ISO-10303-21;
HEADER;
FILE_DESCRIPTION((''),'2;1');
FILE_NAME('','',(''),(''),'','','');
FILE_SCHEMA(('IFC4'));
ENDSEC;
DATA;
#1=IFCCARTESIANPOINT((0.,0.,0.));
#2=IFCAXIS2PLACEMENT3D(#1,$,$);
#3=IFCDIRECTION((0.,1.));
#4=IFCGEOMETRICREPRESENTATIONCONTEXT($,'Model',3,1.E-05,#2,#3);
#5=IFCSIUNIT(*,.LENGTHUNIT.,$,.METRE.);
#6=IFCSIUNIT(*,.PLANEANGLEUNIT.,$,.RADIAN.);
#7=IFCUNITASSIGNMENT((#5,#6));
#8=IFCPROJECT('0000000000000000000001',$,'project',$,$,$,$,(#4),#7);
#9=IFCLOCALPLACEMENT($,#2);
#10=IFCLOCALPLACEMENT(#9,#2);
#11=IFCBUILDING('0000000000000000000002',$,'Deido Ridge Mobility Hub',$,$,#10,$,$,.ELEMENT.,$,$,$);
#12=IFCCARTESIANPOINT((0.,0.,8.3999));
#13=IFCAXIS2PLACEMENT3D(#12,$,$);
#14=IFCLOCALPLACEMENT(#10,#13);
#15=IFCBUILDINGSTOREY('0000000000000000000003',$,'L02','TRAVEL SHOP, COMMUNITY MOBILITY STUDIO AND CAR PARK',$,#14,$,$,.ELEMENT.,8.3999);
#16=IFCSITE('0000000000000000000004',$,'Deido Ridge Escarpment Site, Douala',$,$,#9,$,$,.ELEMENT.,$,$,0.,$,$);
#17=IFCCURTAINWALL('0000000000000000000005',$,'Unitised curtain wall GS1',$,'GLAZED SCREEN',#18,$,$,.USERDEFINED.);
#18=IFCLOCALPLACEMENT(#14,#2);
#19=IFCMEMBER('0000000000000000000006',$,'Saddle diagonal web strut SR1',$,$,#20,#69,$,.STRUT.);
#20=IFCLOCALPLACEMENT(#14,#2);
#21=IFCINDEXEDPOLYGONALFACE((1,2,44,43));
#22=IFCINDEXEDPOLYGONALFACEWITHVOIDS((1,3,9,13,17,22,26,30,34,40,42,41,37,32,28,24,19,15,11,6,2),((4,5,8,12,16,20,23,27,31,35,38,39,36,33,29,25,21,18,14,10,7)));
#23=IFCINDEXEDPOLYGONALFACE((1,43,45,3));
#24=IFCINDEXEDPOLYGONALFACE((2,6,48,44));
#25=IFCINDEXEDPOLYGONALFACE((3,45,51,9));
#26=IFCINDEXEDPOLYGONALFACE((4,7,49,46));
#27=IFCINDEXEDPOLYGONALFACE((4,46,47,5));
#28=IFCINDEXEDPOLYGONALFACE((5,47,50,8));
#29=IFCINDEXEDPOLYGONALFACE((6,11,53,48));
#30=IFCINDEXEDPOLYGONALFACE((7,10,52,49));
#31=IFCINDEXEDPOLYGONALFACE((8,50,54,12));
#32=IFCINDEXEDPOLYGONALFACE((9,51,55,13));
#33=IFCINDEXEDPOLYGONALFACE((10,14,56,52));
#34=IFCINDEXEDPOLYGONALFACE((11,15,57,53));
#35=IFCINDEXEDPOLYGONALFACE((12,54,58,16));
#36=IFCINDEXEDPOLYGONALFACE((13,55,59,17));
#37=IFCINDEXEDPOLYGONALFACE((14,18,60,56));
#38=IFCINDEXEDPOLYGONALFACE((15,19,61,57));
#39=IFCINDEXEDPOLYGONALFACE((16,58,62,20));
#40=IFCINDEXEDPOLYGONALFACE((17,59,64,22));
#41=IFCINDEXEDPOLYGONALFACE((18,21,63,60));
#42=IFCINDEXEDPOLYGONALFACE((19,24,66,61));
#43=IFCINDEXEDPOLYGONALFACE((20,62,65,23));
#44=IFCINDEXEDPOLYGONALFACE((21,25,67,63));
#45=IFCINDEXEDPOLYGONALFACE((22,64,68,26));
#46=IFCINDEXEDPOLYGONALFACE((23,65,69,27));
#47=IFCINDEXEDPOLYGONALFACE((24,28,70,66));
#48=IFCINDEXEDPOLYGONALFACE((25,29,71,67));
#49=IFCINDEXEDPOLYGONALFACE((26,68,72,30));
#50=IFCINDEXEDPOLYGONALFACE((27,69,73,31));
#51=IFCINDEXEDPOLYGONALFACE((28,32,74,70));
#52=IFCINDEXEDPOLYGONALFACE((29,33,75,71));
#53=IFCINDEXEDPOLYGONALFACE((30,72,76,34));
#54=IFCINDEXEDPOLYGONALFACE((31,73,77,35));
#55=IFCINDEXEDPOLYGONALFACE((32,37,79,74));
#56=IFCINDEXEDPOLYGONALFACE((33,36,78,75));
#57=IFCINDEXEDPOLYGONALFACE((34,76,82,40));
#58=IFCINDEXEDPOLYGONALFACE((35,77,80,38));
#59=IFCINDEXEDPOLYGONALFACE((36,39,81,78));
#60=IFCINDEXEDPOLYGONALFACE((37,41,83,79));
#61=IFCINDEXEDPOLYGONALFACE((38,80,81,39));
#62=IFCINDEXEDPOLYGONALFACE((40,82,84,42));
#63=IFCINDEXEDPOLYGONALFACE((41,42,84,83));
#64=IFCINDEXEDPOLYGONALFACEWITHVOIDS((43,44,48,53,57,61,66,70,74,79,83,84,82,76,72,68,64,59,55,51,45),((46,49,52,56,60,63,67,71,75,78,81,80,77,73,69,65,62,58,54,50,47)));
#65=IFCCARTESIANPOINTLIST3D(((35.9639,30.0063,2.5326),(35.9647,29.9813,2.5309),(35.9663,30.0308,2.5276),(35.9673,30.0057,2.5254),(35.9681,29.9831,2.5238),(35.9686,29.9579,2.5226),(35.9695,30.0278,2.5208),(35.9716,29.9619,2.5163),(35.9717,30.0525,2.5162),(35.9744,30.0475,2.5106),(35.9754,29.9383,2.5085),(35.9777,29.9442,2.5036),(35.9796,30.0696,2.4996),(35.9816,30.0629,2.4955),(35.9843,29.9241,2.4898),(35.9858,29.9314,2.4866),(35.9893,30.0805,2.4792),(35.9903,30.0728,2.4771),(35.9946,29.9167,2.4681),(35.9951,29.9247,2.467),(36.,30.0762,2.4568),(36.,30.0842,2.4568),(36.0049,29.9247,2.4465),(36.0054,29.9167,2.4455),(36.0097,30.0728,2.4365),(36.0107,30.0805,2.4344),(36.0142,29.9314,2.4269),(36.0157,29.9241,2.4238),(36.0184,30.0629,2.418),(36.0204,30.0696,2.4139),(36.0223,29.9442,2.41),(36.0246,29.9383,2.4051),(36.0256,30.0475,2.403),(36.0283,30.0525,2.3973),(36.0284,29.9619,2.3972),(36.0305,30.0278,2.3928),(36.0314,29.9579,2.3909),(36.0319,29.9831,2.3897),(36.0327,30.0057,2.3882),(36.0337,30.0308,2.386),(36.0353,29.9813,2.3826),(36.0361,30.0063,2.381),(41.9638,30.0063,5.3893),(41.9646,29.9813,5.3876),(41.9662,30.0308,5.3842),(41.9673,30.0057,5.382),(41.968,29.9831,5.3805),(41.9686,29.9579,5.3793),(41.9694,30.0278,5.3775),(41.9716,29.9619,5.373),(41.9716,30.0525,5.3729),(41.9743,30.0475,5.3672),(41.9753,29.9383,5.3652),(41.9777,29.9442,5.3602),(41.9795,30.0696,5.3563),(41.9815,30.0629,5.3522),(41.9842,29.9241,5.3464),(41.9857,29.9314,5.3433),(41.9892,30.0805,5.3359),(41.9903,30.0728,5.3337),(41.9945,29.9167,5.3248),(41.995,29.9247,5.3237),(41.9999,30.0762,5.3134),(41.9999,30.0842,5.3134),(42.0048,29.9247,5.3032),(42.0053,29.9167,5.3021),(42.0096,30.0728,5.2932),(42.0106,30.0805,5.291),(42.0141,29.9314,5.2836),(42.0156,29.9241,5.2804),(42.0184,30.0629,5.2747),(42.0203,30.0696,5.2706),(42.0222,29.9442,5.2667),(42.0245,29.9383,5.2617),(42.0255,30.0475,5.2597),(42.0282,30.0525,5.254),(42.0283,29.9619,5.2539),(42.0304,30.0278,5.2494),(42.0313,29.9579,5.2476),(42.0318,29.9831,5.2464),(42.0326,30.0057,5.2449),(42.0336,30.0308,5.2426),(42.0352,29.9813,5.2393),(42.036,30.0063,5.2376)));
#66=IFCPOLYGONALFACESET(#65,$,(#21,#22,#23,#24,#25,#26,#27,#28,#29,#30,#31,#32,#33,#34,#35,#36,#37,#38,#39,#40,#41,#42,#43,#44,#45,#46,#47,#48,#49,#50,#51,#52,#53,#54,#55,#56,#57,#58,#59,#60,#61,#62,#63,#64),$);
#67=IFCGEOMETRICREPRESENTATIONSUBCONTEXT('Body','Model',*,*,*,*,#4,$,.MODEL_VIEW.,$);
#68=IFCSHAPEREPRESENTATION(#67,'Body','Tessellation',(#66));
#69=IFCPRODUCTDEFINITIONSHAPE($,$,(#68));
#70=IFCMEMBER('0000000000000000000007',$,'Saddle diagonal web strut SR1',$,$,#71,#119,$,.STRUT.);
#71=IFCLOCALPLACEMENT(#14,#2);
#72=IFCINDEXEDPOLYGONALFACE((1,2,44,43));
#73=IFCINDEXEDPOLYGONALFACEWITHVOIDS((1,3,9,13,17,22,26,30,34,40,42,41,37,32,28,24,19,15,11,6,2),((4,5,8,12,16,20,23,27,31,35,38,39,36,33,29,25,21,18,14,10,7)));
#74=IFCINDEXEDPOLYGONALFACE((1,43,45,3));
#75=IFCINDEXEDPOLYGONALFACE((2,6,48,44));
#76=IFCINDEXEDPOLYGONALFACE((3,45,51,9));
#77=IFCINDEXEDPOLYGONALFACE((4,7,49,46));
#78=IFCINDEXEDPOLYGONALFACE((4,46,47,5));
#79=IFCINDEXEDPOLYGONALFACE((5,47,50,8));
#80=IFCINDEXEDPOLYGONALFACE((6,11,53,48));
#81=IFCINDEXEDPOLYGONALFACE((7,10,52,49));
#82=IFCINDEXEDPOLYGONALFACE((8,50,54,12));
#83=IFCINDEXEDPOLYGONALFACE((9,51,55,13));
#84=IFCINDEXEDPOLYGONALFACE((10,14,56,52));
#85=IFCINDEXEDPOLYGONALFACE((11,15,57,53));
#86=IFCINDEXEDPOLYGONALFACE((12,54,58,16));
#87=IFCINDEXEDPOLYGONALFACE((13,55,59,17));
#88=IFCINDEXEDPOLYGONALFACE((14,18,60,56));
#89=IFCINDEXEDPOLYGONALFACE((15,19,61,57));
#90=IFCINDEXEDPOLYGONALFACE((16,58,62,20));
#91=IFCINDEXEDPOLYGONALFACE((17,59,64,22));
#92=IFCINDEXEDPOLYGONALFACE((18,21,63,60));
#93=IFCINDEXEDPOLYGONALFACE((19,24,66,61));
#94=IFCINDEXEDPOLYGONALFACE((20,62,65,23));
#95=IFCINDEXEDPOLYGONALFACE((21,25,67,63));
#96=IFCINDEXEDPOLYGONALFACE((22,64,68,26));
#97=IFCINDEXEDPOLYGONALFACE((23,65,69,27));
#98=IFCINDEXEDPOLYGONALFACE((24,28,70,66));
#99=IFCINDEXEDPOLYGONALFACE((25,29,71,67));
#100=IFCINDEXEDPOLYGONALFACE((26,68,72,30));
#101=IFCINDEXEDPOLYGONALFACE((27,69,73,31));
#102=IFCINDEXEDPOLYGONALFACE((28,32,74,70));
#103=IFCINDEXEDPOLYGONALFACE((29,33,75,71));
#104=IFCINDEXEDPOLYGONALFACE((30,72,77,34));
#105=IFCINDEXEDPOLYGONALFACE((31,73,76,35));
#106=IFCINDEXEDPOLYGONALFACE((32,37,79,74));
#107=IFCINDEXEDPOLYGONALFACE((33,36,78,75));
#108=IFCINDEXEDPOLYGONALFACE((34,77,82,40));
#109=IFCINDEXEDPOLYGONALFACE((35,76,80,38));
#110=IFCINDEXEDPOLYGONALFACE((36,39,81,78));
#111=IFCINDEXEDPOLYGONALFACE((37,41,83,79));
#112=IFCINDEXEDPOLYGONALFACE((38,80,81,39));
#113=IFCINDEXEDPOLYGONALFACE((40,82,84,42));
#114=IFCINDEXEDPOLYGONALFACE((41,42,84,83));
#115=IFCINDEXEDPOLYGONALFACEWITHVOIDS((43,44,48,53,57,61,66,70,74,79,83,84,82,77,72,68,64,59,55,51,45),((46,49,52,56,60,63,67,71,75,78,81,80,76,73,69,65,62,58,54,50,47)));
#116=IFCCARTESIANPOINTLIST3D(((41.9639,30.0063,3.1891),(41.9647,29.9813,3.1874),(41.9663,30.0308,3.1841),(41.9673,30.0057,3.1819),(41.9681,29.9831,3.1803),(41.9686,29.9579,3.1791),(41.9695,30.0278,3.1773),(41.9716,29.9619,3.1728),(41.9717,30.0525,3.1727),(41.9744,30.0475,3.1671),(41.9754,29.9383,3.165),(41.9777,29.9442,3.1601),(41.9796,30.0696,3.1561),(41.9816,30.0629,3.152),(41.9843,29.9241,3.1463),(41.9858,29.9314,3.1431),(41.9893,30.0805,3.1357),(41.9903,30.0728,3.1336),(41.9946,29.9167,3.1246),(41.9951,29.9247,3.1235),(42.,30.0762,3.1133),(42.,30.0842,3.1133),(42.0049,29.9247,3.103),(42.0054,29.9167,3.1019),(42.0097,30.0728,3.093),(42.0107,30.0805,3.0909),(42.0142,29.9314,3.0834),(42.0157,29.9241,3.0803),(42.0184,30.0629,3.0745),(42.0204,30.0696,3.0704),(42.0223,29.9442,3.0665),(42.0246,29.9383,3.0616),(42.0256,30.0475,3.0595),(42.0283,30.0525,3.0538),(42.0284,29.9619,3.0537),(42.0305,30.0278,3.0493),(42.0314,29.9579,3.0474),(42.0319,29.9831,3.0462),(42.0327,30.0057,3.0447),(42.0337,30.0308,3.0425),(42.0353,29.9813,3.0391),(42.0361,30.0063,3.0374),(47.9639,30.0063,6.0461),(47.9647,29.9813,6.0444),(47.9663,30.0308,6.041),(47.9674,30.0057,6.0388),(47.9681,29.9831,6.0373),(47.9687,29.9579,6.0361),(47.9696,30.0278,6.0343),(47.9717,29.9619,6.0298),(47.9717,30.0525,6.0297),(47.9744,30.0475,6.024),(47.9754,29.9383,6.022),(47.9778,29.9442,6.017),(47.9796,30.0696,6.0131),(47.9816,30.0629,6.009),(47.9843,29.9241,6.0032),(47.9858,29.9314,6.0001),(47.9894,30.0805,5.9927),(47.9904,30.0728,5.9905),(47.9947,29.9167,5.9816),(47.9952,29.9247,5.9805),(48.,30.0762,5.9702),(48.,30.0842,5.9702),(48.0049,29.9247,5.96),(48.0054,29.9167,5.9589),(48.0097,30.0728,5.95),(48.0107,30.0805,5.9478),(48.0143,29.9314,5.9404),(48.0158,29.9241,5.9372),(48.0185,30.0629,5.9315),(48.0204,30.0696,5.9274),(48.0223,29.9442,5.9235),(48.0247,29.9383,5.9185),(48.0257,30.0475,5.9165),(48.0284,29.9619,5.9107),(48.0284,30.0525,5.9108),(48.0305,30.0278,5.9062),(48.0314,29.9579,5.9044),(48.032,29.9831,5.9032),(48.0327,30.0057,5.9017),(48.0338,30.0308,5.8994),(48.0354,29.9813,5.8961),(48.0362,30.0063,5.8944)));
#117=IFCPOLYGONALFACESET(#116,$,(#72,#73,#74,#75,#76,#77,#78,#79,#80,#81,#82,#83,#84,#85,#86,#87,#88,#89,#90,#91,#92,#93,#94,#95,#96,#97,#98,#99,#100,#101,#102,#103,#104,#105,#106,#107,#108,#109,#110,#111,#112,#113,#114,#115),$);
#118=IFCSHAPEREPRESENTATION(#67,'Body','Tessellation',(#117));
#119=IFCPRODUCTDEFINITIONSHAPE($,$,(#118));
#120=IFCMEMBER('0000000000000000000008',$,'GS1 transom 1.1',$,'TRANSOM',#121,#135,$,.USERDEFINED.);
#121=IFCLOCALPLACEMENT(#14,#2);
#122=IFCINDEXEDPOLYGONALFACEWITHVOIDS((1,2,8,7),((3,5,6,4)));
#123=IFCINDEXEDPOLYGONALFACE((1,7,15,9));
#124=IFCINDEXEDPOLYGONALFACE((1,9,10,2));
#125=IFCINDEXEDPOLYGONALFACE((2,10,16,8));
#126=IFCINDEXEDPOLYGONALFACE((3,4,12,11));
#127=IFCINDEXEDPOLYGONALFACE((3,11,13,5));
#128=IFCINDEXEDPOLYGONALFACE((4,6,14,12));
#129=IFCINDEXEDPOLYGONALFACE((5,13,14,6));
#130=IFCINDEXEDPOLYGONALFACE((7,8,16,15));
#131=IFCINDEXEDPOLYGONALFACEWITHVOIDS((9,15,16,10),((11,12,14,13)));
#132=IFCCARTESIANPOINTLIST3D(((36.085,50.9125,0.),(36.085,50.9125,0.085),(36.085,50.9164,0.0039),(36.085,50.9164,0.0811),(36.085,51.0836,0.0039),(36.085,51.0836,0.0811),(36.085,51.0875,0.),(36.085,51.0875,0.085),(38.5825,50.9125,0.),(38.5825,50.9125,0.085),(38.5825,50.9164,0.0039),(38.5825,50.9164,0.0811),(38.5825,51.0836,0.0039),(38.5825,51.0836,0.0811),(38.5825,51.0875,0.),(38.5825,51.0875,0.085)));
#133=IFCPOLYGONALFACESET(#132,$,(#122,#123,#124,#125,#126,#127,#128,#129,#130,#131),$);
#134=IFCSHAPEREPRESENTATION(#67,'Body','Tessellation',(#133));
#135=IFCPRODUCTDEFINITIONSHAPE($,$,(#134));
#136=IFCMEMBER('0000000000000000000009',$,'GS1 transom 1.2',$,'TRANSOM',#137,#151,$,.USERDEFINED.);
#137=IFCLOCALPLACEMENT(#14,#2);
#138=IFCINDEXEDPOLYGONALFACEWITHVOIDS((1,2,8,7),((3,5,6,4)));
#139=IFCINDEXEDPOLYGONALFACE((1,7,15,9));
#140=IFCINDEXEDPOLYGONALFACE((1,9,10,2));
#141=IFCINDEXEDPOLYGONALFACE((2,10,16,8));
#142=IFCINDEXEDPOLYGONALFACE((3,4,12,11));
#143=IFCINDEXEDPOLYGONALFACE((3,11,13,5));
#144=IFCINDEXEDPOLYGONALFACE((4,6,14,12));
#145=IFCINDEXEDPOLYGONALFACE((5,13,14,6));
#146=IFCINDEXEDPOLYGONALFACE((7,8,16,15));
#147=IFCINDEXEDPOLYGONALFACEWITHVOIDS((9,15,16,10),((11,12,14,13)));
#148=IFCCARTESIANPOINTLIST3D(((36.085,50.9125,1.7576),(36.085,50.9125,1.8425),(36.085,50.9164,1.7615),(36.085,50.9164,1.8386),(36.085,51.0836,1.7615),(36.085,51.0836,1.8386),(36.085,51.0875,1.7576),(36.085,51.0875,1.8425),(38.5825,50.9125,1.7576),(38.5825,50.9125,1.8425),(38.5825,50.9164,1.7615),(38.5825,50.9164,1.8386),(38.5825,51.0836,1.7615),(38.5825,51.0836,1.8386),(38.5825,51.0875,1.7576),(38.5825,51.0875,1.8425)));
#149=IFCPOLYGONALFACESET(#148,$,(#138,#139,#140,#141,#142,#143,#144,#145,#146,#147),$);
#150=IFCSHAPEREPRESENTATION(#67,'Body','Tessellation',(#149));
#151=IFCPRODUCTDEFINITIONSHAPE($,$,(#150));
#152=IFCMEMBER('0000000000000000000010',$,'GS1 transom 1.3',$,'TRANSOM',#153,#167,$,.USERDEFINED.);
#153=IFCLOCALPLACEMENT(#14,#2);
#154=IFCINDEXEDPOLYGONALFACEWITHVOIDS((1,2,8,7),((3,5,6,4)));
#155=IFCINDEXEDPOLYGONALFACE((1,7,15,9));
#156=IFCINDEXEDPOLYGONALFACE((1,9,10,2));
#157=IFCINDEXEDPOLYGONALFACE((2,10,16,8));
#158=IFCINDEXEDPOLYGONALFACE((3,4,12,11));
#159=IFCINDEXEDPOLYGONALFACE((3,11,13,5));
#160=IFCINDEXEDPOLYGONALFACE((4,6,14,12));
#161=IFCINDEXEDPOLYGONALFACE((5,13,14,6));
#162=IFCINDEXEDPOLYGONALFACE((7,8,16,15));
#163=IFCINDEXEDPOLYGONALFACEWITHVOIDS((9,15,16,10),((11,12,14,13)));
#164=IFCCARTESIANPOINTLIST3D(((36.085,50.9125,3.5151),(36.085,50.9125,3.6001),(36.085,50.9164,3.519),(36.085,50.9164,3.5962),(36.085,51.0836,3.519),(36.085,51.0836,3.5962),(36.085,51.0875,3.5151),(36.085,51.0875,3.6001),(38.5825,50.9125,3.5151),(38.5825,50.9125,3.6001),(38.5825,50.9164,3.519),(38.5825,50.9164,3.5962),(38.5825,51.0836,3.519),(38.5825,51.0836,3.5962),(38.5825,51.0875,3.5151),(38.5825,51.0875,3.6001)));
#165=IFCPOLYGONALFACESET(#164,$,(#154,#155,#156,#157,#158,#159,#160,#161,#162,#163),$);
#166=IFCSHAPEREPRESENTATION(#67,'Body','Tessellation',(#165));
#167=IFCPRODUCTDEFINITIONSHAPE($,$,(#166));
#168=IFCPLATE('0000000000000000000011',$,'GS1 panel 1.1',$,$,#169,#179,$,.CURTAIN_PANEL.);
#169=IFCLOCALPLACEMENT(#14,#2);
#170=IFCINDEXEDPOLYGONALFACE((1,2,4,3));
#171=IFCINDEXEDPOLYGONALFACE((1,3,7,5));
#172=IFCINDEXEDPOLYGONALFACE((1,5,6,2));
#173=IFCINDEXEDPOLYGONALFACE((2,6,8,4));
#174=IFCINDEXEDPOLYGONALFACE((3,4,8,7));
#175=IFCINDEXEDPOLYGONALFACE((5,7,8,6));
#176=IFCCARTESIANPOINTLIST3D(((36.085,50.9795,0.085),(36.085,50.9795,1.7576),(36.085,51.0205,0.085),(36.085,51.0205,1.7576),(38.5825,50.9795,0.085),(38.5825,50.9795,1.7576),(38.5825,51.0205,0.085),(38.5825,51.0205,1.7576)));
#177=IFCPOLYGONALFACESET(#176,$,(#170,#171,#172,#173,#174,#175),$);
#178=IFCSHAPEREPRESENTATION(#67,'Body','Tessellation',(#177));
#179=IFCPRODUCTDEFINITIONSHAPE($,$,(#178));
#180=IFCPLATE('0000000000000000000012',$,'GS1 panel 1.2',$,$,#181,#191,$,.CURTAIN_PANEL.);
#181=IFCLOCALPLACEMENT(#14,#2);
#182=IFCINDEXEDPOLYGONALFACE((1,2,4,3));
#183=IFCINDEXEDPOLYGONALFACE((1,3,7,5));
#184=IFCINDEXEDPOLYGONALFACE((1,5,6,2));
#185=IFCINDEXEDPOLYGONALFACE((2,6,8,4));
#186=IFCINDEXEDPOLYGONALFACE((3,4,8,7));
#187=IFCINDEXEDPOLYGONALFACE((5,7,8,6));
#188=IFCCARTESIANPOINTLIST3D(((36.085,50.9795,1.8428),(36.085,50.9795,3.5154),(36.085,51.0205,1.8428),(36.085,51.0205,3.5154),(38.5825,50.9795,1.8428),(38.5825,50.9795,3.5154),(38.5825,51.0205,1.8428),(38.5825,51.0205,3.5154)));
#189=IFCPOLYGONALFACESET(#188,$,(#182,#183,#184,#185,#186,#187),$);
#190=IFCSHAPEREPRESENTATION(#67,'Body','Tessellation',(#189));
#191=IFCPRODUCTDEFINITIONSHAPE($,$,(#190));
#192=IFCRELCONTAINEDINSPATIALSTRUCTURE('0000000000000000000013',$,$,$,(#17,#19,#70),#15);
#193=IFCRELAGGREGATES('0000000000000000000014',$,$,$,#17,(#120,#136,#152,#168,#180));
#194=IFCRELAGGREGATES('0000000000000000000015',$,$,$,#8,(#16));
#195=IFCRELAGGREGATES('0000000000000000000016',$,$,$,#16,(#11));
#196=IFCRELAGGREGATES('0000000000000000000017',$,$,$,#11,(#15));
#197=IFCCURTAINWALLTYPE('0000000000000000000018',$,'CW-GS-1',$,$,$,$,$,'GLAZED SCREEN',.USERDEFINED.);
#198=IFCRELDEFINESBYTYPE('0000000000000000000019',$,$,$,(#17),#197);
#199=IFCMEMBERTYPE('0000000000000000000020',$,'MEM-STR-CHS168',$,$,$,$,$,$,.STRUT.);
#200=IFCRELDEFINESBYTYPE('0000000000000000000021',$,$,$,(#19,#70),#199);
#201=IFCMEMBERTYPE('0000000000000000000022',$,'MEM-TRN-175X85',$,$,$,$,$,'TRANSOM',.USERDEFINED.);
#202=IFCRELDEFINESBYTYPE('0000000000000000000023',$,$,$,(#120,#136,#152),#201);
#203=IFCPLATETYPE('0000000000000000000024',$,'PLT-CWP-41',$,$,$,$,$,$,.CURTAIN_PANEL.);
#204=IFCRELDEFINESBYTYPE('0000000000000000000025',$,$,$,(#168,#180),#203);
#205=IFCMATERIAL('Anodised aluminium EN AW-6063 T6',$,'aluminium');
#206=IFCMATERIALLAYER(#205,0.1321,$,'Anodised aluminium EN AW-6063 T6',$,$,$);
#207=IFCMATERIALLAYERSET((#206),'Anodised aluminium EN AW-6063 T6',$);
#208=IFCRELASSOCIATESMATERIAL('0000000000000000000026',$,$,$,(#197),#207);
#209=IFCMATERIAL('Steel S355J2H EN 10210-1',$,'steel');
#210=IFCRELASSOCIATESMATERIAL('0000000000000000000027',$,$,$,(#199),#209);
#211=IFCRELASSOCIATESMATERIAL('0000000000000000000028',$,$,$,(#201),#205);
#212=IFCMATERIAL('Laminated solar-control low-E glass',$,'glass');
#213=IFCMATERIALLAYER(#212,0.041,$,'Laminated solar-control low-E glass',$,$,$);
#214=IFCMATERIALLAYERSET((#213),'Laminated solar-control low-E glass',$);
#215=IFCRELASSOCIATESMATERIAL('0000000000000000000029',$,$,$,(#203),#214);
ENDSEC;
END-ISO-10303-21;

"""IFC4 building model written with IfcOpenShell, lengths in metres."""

from ifc_helpers import new_model, si_unit, direction, frame, origin, origin_2d, place, context, subcontext, project, spatial, rectangle, hollow_rectangle, hollow_circle, extrude, material, layer, layer_set, material_profile, profile_set, type_object, element, aggregate, save


model = new_model("IFC4")

# Units and contexts
model_context = context("Model", 3, precision=1e-05, world=origin(), true_north=direction((0.0, 1.0)))
body_context = subcontext(model_context, "Body", "Model", "MODEL_VIEW")
ifc_project = project(units=[si_unit("LENGTHUNIT", "METRE"), si_unit("PLANEANGLEUNIT", "RADIAN")], contexts=[model_context])

# Site, building, storey
site_placement = place(None, origin())
site = spatial("IfcSite", under=ifc_project, at=site_placement, Name="Deido Ridge Escarpment Site, Douala", CompositionType="ELEMENT", RefElevation=0.0)
building_placement = place(site_placement, origin())
building = spatial("IfcBuilding", under=site, at=building_placement, Name="Deido Ridge Mobility Hub", CompositionType="ELEMENT")
storey_placement = place(building_placement, frame((0.0, 0.0, 8.3999)))
storey = spatial("IfcBuildingStorey", under=building, at=storey_placement, Name="L02", Description="TRAVEL SHOP, COMMUNITY MOBILITY STUDIO AND CAR PARK", CompositionType="ELEMENT", Elevation=8.3999)

# Shared definitions
ifc_material_1 = material(Name="Steel S355J2H EN 10210-1", Category="steel")

# Curtain wall
ifc_material_2 = material(Name="Anodised aluminium EN AW-6063 T6", Category="aluminium")
ifc_layer_1 = layer(ifc_material_2, 0.1321, Name="Anodised aluminium EN AW-6063 T6")
ifc_layer_set_1 = layer_set([ifc_layer_1], Name="Anodised aluminium EN AW-6063 T6")
curtain_wall_type = type_object("IfcCurtainWallType", Name="CW-GS-1", ElementType="GLAZED SCREEN", PredefinedType="USERDEFINED", material=ifc_layer_set_1)
curtain_wall_placement = place(storey_placement, origin())
curtain_wall = element("IfcCurtainWall", 1, at=curtain_wall_placement, inside=storey, type_object=curtain_wall_type, Name="Unitised curtain wall GS1", ObjectType="GLAZED SCREEN", PredefinedType="USERDEFINED")

# Members
ifc_material_profile_1 = material_profile(ifc_material_1, hollow_circle(Radius=0.0842, WallThickness=0.0081, at=origin_2d()), Name="CHS 168.3x8")
ifc_profile_set_1 = profile_set([ifc_material_profile_1], Name="Steel S355J2H EN 10210-1")
member_type_1 = type_object("IfcMemberType", Name="MEM-STR-CHS168", PredefinedType="STRUT", material=ifc_profile_set_1)
for number, where, z_axis, x_axis, name in (
    (2, (36.0, 30.0, 2.4568), (0.902887, 0.0, 0.429878), (0.0, 1.0, 0.0), "Saddle diagonal web strut SR1"),
):
    element("IfcMember", number, at=place(storey_placement, frame(where, z_axis=z_axis, x_axis=x_axis)), inside=storey, type_object=member_type_1, Name=name, PredefinedType="STRUT", context=body_context, shape_type="SweptSolid", body=[
        extrude(hollow_circle(Radius=0.0842, WallThickness=0.0081, at=origin_2d()), origin(), (0.0, 0.0, 1.0), 6.6453),
    ])
member_1_placement = place(storey_placement, frame((42.0, 30.0, 3.1133), z_axis=(0.902873, 0.0, 0.429908), x_axis=(0.0, 1.0, 0.0)))
element("IfcMember", 3, at=member_1_placement, inside=storey, type_object=member_type_1, Name="Saddle diagonal web strut SR1", PredefinedType="STRUT", context=body_context, shape_type="SweptSolid", body=[
    extrude(hollow_circle(Radius=0.0842, WallThickness=0.0081, at=origin_2d()), origin(), (0.0, 0.0, 1.0), 6.6455),
])

# Members
ifc_material_profile_2 = material_profile(ifc_material_2, hollow_rectangle(XDim=0.175, YDim=0.085, WallThickness=0.0039, at=origin_2d()), Name="RHS 175x85x4")
ifc_profile_set_2 = profile_set([ifc_material_profile_2], Name="Anodised aluminium EN AW-6063 T6")
member_type_2 = type_object("IfcMemberType", Name="MEM-TRN-175X85", ElementType="TRANSOM", PredefinedType="USERDEFINED", material=ifc_profile_set_2)
member_2_placement = place(storey_placement, frame((36.085, 51.0, 0.0425), z_axis=(1.0, 0.0, 0.0), x_axis=(0.0, 1.0, 0.0)))
member_2 = element("IfcMember", 4, at=member_2_placement, type_object=member_type_2, Name="GS1 transom 1.1", ObjectType="TRANSOM", PredefinedType="USERDEFINED", context=body_context, shape_type="SweptSolid", body=[
    extrude(hollow_rectangle(XDim=0.175, YDim=0.085, WallThickness=0.0039, at=origin_2d()), origin(), (0.0, 0.0, 1.0), 2.4976),
])
member_3_placement = place(storey_placement, frame((36.085, 51.0, 1.8), z_axis=(1.0, 0.0, 0.0), x_axis=(0.0, 1.0, 0.0)))
member_3 = element("IfcMember", 5, at=member_3_placement, type_object=member_type_2, Name="GS1 transom 1.2", ObjectType="TRANSOM", PredefinedType="USERDEFINED", context=body_context, shape_type="SweptSolid", body=[
    extrude(hollow_rectangle(XDim=0.175, YDim=0.085, WallThickness=0.0039, at=origin_2d()), origin(), (0.0, 0.0, 1.0), 2.4976),
])
member_4_placement = place(storey_placement, frame((36.085, 51.0, 3.5576), z_axis=(1.0, 0.0, 0.0), x_axis=(0.0, 1.0, 0.0)))
member_4 = element("IfcMember", 6, at=member_4_placement, type_object=member_type_2, Name="GS1 transom 1.3", ObjectType="TRANSOM", PredefinedType="USERDEFINED", context=body_context, shape_type="SweptSolid", body=[
    extrude(hollow_rectangle(XDim=0.175, YDim=0.085, WallThickness=0.0039, at=origin_2d()), origin(), (0.0, 0.0, 1.0), 2.4976),
])

# Plates
ifc_material_3 = material(Name="Laminated solar-control low-E glass", Category="glass")
ifc_layer_2 = layer(ifc_material_3, 0.041, Name="Laminated solar-control low-E glass")
ifc_layer_set_2 = layer_set([ifc_layer_2], Name="Laminated solar-control low-E glass")
plate_type_1 = type_object("IfcPlateType", Name="PLT-CWP-41", PredefinedType="CURTAIN_PANEL", material=ifc_layer_set_2)
plate_1_placement = place(storey_placement, frame((37.3337, 51.0, 0.085), z_axis=(0.0, 0.0, 1.0), x_axis=(1.0, 0.0, 0.0)))
plate_1 = element("IfcPlate", 7, at=plate_1_placement, type_object=plate_type_1, Name="GS1 panel 1.1", PredefinedType="CURTAIN_PANEL", context=body_context, shape_type="SweptSolid", body=[
    extrude(rectangle(XDim=2.4976, YDim=0.041, at=origin_2d()), origin(), (0.0, 0.0, 1.0), 1.6726),
])
plate_2_placement = place(storey_placement, frame((37.3337, 51.0, 1.8428), z_axis=(0.0, 0.0, 1.0), x_axis=(1.0, 0.0, 0.0)))
plate_2 = element("IfcPlate", 8, at=plate_2_placement, type_object=plate_type_1, Name="GS1 panel 1.2", PredefinedType="CURTAIN_PANEL", context=body_context, shape_type="SweptSolid", body=[
    extrude(rectangle(XDim=2.4976, YDim=0.041, at=origin_2d()), origin(), (0.0, 0.0, 1.0), 1.6726),
])
aggregate(curtain_wall, [member_2, member_3, member_4, plate_1, plate_2])

save(model, "model.ifc")
